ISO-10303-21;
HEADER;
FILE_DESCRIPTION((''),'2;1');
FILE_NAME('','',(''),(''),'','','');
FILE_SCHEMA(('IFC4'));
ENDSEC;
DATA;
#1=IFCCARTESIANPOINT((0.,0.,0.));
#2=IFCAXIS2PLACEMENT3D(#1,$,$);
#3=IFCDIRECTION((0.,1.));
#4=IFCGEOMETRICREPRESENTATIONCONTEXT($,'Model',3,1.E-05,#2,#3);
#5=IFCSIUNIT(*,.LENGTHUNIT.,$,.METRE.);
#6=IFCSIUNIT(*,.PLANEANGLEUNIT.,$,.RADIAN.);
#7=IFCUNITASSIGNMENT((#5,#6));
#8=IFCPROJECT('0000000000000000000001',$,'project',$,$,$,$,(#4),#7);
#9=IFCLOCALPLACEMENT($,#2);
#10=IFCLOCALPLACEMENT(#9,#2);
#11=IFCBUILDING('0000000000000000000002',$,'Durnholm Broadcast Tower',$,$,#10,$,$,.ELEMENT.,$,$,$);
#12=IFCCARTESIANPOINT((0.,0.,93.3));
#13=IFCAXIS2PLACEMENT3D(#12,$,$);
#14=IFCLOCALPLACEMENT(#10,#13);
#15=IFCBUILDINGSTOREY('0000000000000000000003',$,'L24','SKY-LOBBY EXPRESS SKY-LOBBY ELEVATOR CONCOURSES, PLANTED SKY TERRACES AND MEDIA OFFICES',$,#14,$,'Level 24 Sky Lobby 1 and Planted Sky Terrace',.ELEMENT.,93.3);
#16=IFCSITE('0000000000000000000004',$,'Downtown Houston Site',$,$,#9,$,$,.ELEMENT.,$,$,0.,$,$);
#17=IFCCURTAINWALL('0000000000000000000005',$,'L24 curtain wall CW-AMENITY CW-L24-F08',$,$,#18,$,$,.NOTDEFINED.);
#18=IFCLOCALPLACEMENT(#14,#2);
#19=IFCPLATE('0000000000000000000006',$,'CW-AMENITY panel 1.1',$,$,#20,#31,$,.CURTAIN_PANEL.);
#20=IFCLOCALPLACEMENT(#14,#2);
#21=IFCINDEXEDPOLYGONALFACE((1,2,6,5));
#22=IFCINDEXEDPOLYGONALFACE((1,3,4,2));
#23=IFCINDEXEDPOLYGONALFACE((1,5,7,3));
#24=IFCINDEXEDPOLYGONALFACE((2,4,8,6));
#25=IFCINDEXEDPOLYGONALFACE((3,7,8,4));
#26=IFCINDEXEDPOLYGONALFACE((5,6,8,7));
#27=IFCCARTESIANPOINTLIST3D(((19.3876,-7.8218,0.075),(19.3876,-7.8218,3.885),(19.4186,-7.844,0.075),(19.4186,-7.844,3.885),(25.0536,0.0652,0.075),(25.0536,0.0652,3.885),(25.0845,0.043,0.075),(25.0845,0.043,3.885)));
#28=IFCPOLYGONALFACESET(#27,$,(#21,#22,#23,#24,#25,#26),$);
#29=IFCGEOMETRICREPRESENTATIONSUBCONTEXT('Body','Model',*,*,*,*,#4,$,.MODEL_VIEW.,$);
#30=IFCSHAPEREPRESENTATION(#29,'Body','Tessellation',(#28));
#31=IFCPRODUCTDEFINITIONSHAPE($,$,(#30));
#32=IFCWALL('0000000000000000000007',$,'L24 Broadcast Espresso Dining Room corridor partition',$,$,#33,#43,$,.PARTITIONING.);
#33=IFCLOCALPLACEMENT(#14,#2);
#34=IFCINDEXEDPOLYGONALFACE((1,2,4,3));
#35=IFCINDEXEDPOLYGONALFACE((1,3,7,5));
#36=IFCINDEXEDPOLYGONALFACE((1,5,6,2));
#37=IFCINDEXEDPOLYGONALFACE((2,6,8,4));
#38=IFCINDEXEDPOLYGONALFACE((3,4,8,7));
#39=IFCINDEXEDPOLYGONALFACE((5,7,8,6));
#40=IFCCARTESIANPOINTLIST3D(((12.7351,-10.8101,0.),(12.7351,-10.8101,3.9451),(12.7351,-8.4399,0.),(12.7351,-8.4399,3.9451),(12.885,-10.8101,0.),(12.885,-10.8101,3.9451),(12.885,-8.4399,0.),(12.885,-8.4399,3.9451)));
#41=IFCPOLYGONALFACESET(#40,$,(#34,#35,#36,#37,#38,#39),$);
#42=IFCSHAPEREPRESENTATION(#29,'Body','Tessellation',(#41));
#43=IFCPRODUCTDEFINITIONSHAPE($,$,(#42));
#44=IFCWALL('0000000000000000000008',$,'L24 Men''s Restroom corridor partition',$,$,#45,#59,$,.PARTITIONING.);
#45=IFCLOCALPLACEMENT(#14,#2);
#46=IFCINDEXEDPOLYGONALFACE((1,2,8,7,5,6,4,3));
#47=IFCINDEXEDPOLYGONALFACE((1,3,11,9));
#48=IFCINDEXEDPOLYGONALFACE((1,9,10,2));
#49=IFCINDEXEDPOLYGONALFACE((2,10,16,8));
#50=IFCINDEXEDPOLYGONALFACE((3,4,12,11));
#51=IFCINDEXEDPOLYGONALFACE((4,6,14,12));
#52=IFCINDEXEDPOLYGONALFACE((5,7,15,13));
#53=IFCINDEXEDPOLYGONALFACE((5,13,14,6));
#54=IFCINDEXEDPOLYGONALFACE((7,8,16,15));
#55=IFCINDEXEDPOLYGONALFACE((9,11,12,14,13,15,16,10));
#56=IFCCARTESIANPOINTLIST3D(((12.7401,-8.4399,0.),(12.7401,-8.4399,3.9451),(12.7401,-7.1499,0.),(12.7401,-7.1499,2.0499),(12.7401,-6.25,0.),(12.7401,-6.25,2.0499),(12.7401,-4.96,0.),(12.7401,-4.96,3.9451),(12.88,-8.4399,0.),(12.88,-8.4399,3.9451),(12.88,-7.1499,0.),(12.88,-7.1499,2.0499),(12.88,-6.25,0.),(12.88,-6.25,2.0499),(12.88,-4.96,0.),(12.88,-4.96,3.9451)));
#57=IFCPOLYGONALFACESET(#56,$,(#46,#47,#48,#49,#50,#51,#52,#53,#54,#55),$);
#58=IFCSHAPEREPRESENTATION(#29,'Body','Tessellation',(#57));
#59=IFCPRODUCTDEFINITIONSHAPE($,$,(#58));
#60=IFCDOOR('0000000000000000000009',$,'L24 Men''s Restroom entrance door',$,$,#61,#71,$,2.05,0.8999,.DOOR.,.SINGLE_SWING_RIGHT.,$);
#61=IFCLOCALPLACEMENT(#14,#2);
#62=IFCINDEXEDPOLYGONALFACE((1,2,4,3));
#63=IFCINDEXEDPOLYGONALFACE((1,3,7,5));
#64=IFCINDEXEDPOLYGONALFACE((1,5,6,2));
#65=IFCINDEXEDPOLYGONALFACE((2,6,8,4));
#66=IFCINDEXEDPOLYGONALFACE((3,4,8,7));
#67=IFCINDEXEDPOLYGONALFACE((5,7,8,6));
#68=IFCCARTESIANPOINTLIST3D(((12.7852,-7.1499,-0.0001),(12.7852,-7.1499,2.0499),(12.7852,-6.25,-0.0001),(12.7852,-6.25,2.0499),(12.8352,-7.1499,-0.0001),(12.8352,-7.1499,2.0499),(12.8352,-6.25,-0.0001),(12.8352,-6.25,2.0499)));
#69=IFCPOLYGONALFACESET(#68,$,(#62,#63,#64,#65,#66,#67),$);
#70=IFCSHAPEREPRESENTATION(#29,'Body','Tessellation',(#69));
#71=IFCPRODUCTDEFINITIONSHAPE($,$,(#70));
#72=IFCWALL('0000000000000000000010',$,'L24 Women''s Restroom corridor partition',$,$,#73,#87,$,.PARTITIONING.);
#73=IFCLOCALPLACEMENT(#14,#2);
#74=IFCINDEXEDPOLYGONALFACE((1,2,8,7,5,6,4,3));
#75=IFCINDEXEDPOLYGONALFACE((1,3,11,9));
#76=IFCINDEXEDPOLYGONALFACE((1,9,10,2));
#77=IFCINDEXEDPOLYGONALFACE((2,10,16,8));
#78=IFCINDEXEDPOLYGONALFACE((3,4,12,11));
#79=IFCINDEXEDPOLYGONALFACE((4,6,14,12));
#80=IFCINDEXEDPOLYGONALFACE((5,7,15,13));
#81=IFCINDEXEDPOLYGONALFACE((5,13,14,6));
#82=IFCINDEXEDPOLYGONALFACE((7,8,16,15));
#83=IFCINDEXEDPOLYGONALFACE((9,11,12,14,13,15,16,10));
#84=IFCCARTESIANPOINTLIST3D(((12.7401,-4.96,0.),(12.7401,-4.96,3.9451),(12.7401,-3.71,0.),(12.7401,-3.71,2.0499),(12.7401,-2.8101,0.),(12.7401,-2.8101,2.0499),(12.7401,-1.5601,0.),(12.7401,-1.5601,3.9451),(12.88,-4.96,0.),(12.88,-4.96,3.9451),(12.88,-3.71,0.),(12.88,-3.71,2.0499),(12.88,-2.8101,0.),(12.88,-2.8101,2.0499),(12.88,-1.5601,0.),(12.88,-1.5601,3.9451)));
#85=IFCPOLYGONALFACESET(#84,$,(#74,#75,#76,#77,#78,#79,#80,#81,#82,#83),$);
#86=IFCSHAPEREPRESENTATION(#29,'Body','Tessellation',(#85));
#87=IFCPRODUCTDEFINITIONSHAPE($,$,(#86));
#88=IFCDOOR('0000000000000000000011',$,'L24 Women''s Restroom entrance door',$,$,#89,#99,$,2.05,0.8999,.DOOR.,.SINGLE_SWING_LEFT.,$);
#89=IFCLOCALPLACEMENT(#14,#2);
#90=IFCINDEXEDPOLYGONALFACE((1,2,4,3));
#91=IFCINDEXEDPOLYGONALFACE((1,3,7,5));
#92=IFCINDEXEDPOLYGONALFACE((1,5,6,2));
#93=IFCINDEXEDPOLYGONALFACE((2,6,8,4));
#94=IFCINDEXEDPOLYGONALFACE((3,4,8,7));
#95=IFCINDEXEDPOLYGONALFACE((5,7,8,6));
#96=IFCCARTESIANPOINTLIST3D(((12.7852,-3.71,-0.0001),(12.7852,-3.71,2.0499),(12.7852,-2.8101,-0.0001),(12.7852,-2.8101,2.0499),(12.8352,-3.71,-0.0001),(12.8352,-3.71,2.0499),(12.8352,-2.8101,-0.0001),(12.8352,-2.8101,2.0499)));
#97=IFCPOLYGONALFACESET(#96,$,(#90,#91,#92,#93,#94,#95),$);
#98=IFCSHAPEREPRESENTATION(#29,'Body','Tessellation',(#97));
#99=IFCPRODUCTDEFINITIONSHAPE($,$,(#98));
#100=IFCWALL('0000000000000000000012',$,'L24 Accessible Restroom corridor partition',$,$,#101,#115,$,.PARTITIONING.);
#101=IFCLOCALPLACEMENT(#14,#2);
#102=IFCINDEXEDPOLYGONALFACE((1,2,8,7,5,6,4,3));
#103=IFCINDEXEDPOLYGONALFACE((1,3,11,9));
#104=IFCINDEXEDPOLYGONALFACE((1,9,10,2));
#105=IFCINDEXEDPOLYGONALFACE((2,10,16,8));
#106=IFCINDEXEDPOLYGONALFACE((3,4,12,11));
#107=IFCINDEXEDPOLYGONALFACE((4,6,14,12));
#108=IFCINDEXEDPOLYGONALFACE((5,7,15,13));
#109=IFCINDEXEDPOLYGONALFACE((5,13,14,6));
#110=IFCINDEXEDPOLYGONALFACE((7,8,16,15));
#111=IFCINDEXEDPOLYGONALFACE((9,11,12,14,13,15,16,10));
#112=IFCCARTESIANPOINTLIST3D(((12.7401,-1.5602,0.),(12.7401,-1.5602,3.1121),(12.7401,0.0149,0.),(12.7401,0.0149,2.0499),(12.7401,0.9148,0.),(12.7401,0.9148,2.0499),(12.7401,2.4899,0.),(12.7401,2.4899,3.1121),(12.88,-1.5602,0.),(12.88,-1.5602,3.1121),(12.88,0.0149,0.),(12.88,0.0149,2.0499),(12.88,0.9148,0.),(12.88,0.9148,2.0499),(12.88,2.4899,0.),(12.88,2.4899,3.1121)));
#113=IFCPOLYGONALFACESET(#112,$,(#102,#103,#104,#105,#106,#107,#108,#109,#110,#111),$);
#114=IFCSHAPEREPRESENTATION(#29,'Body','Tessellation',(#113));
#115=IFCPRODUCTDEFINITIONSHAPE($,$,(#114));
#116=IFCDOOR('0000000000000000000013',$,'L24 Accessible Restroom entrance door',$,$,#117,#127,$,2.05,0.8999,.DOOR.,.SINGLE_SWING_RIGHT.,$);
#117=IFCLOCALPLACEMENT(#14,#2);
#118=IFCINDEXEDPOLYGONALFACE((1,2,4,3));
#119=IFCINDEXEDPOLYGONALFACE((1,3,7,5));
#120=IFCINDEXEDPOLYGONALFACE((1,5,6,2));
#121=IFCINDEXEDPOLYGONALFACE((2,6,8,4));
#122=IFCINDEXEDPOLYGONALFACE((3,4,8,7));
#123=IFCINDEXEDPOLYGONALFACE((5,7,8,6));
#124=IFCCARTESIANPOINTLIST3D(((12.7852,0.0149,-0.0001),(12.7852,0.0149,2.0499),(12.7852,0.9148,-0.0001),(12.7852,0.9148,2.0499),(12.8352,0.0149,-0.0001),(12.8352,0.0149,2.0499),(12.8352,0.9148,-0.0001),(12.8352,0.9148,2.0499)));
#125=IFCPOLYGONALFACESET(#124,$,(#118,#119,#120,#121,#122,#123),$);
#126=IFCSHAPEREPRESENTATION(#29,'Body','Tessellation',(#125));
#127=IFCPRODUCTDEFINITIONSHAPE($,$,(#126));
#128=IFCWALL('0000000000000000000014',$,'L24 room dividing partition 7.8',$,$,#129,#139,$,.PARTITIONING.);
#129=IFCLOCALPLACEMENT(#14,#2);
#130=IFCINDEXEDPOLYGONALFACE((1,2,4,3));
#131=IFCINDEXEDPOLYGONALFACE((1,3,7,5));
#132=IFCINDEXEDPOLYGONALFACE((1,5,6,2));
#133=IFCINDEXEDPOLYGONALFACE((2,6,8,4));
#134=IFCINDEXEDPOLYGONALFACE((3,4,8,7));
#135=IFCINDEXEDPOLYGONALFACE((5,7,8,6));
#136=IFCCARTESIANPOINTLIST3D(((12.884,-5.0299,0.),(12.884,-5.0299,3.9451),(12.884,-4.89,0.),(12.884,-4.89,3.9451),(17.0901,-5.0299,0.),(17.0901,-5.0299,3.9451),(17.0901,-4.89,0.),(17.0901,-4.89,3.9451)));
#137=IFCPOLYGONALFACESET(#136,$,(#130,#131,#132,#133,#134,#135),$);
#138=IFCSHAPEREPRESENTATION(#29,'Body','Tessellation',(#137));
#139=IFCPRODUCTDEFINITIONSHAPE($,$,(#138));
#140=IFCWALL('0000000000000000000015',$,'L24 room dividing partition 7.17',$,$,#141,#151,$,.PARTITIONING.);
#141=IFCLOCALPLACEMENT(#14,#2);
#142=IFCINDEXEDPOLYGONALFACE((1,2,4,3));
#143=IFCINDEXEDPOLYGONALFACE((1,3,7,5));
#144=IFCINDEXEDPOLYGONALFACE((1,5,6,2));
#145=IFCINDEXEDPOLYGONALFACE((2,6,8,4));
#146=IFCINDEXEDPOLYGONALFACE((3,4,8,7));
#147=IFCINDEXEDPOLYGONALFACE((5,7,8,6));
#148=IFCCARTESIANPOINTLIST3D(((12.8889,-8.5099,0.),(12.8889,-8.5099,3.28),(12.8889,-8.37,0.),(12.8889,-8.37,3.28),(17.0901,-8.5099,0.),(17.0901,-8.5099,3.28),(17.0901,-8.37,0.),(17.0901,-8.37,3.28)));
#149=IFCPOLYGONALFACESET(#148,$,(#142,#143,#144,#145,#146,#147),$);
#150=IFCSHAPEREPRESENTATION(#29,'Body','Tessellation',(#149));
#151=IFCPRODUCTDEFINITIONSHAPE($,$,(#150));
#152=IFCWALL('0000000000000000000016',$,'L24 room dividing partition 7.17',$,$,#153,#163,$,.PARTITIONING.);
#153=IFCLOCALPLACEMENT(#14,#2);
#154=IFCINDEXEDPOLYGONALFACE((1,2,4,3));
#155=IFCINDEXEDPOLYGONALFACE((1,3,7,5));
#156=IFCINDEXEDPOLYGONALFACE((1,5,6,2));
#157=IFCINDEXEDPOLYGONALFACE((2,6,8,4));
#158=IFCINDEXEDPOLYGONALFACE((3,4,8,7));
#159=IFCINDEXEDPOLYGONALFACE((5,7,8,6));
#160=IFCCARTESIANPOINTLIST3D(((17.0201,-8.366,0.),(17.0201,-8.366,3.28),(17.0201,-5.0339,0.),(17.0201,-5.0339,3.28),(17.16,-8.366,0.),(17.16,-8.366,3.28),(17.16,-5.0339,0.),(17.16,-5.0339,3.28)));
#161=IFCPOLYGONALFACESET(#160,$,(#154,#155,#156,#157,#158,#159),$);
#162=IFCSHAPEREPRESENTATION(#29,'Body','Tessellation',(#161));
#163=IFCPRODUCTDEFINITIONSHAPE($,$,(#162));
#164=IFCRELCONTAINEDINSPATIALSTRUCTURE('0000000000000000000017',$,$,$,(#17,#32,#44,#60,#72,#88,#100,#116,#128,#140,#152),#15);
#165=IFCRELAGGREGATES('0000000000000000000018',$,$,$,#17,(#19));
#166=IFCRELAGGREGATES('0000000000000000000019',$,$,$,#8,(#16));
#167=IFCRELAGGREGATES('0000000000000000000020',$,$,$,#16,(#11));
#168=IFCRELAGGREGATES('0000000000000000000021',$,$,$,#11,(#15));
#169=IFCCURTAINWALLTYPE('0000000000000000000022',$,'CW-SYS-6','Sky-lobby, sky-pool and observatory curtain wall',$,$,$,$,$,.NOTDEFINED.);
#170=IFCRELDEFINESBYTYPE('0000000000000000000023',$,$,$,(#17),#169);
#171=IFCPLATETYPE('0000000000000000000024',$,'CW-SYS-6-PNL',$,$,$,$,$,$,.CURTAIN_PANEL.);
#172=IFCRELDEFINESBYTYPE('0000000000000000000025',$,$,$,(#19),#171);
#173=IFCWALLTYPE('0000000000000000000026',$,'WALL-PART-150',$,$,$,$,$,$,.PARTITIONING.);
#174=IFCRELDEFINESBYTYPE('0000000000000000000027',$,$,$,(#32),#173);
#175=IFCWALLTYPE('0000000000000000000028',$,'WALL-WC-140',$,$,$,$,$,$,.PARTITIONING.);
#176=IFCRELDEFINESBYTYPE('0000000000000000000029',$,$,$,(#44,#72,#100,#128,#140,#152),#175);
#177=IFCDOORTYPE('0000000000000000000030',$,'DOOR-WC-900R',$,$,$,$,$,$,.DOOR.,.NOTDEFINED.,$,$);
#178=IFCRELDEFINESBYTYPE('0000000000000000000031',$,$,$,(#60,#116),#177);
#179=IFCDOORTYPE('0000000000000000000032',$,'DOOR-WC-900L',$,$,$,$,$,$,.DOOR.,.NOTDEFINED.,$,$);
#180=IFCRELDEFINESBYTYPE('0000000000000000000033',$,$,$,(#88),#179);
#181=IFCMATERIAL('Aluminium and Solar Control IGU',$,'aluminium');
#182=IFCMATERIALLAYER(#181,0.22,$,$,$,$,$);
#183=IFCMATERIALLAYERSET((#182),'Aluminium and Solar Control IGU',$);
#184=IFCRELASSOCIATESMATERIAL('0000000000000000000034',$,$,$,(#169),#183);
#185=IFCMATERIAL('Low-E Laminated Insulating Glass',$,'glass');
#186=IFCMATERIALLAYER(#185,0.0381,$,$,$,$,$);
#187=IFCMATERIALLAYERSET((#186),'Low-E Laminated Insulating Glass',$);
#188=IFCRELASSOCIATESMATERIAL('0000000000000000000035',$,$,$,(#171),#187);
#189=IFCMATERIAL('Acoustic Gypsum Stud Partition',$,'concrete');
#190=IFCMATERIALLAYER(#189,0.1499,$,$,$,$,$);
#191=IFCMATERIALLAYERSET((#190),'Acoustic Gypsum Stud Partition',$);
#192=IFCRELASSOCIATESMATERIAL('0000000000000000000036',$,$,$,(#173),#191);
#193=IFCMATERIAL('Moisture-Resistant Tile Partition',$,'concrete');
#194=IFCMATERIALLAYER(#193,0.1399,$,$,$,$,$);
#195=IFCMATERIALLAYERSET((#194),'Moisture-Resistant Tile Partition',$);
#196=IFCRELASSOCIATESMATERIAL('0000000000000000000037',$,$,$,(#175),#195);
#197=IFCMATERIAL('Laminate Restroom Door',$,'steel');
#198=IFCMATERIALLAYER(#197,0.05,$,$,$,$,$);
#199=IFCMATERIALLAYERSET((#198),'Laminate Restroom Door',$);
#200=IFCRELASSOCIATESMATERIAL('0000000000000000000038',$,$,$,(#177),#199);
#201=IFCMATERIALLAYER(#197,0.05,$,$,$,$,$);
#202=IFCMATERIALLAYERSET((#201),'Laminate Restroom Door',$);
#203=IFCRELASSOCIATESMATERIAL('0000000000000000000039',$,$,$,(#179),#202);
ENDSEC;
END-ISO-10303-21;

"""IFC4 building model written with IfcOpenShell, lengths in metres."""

from ifc_helpers import new_model, si_unit, direction, frame, frame_2d, origin, origin_2d, place, context, subcontext, project, spatial, rectangle, extrude, source, transform, mapped, material, layer, layer_set, type_object, type_shapes, element, fill, aggregate, save


model = new_model("IFC4")

# Units and contexts
model_context = context("Model", 3, precision=1e-05, world=origin(), true_north=direction((0.0, 1.0)))
body_context = subcontext(model_context, "Body", "Model", "MODEL_VIEW")
ifc_project = project(units=[si_unit("LENGTHUNIT", "METRE"), si_unit("PLANEANGLEUNIT", "RADIAN")], contexts=[model_context])

# Site, building, storey
site_placement = place(None, origin())
site = spatial("IfcSite", under=ifc_project, at=site_placement, Name="Downtown Houston Site", CompositionType="ELEMENT", RefElevation=0.0)
building_placement = place(site_placement, origin())
building = spatial("IfcBuilding", under=site, at=building_placement, Name="Durnholm Broadcast Tower", CompositionType="ELEMENT")
storey_placement = place(building_placement, frame((0.0, 0.0, 93.3)))
storey = spatial("IfcBuildingStorey", under=building, at=storey_placement, Name="L24", Description="SKY-LOBBY EXPRESS SKY-LOBBY ELEVATOR CONCOURSES, PLANTED SKY TERRACES AND MEDIA OFFICES", LongName="Level 24 Sky Lobby 1 and Planted Sky Terrace", CompositionType="ELEMENT", Elevation=93.3)

# Curtain wall, plate
ifc_material_1 = material(Name="Aluminium and Solar Control IGU", Category="aluminium")
ifc_layer_1 = layer(ifc_material_1, 0.22)
ifc_layer_set_1 = layer_set([ifc_layer_1], Name="Aluminium and Solar Control IGU")
curtain_wall_type = type_object("IfcCurtainWallType", Name="CW-SYS-6", Description="Sky-lobby, sky-pool and observatory curtain wall", PredefinedType="NOTDEFINED", material=ifc_layer_set_1)
curtain_wall_placement = place(storey_placement, origin())
curtain_wall = element("IfcCurtainWall", 1, at=curtain_wall_placement, inside=storey, type_object=curtain_wall_type, Name="L24 curtain wall CW-AMENITY CW-L24-F08", PredefinedType="NOTDEFINED")
ifc_material_2 = material(Name="Low-E Laminated Insulating Glass", Category="glass")
ifc_layer_2 = layer(ifc_material_2, 0.0381)
ifc_layer_set_2 = layer_set([ifc_layer_2], Name="Low-E Laminated Insulating Glass")
plate_type = type_object("IfcPlateType", Name="CW-SYS-6-PNL", PredefinedType="CURTAIN_PANEL", material=ifc_layer_set_2)
shared_shape_1 = source(origin(), body_context, "Body", "SweptSolid", [
    extrude(rectangle(XDim=9.7112, YDim=0.0381, at=origin_2d()), origin(), (0.0, 0.0, 1.0), 3.8101),
])
type_shapes(plate_type, [shared_shape_1])
plate_placement = place(storey_placement, frame((22.2361, -3.8894, 0.075), z_axis=(0.0, 0.0, 1.0), x_axis=(-0.583445, -0.812152, 0.0)))
plate = element("IfcPlate", 2, at=plate_placement, type_object=plate_type, Name="CW-AMENITY panel 1.1", PredefinedType="CURTAIN_PANEL", context=body_context, shape_type="MappedRepresentation", body=[
    mapped(shared_shape_1, transform((0.0, 0.0, 0.0), x_axis=(1.0, 0.0, 0.0), y_axis=(0.0, 1.0, 0.0), z_axis=(0.0, 0.0, 1.0), scale=1.0)),
])
aggregate(curtain_wall, [plate])

# Wall
ifc_material_3 = material(Name="Acoustic Gypsum Stud Partition", Category="concrete")
ifc_layer_3 = layer(ifc_material_3, 0.1499)
ifc_layer_set_3 = layer_set([ifc_layer_3], Name="Acoustic Gypsum Stud Partition")
wall_type_1 = type_object("IfcWallType", Name="WALL-PART-150", PredefinedType="PARTITIONING", material=ifc_layer_set_3)
wall_1_placement = place(storey_placement, frame((12.8101, -10.8101, 0.0), z_axis=(0.0, 0.0, 1.0), x_axis=(0.0, 1.0, 0.0)))
element("IfcWall", 3, at=wall_1_placement, inside=storey, type_object=wall_type_1, Name="L24 Broadcast Espresso Dining Room corridor partition", PredefinedType="PARTITIONING", context=body_context, shape_type="SweptSolid", body=[
    extrude(rectangle(XDim=2.3701, YDim=0.1499, at=frame_2d((1.1851, 0.0))), origin(), (0.0, 0.0, 1.0), 3.9451),
])

# Walls, openings, doors
ifc_material_4 = material(Name="Moisture-Resistant Tile Partition", Category="concrete")
ifc_layer_4 = layer(ifc_material_4, 0.1399)
ifc_layer_set_4 = layer_set([ifc_layer_4], Name="Moisture-Resistant Tile Partition")
wall_type_2 = type_object("IfcWallType", Name="WALL-WC-140", PredefinedType="PARTITIONING", material=ifc_layer_set_4)
wall_2_placement = place(storey_placement, frame((12.8101, -8.4399, 0.0), z_axis=(0.0, 0.0, 1.0), x_axis=(0.0, 1.0, 0.0)))
wall_2 = element("IfcWall", 4, at=wall_2_placement, inside=storey, type_object=wall_type_2, Name="L24 Men's Restroom corridor partition", PredefinedType="PARTITIONING", context=body_context, shape_type="SweptSolid", body=[
    extrude(rectangle(XDim=3.48, YDim=0.1399, at=frame_2d((1.74, 0.0))), origin(), (0.0, 0.0, 1.0), 3.9451),
])
opening_1_placement = place(wall_2_placement, frame((1.29, 0.0, 0.0)))
opening_1 = element("IfcOpeningElement", 5, at=opening_1_placement, cuts=wall_2, PredefinedType="OPENING", context=body_context, shape_type="SweptSolid", body=[
    extrude(rectangle(XDim=0.8999, YDim=2.05, at=frame_2d((0.45, 1.0249))), frame((0.0, 0.0801, 0.0), z_axis=(0.0, -1.0, 0.0), x_axis=(1.0, 0.0, 0.0)), (0.0, 0.0, 1.0), 0.1599),
])
ifc_material_5 = material(Name="Laminate Restroom Door", Category="steel")
ifc_layer_5 = layer(ifc_material_5, 0.05)
ifc_layer_set_5 = layer_set([ifc_layer_5], Name="Laminate Restroom Door")
door_type_1 = type_object("IfcDoorType", Name="DOOR-WC-900R", OperationType="NOTDEFINED", PredefinedType="DOOR", material=ifc_layer_set_5)
shared_shape_2 = source(origin(), body_context, "Body", "SweptSolid", [
    extrude(rectangle(XDim=0.8999, YDim=2.05, at=frame_2d((0.45, 1.0249))), frame((0.0, 0.0249, 0.0), z_axis=(0.0, -1.0, 0.0), x_axis=(1.0, 0.0, 0.0)), (0.0, 0.0, 1.0), 0.05),
])
type_shapes(door_type_1, [shared_shape_2])
door_1_placement = place(opening_1_placement, origin())
door_1 = element("IfcDoor", 6, at=door_1_placement, inside=storey, type_object=door_type_1, Name="L24 Men's Restroom entrance door", OperationType="SINGLE_SWING_RIGHT", OverallHeight=2.05, OverallWidth=0.8999, PredefinedType="DOOR", context=body_context, shape_type="MappedRepresentation", body=[
    mapped(shared_shape_2, transform((0.0, 0.0, 0.0), x_axis=(1.0, 0.0, 0.0), y_axis=(0.0, 1.0, 0.0), z_axis=(0.0, 0.0, 1.0), scale=1.0)),
])
fill(opening_1, door_1)
wall_3_placement = place(storey_placement, frame((12.8101, -4.96, 0.0), z_axis=(0.0, 0.0, 1.0), x_axis=(0.0, 1.0, 0.0)))
wall_3 = element("IfcWall", 7, at=wall_3_placement, inside=storey, type_object=wall_type_2, Name="L24 Women's Restroom corridor partition", PredefinedType="PARTITIONING", context=body_context, shape_type="SweptSolid", body=[
    extrude(rectangle(XDim=3.3999, YDim=0.1399, at=frame_2d((1.7, 0.0))), origin(), (0.0, 0.0, 1.0), 3.9451),
])
opening_2_placement = place(wall_3_placement, frame((1.25, 0.0, 0.0)))
opening_2 = element("IfcOpeningElement", 8, at=opening_2_placement, cuts=wall_3, PredefinedType="OPENING", context=body_context, shape_type="SweptSolid", body=[
    extrude(rectangle(XDim=0.8999, YDim=2.05, at=frame_2d((0.45, 1.0249))), frame((0.0, 0.0801, 0.0), z_axis=(0.0, -1.0, 0.0), x_axis=(1.0, 0.0, 0.0)), (0.0, 0.0, 1.0), 0.1599),
])
ifc_layer_6 = layer(ifc_material_5, 0.05)
ifc_layer_set_6 = layer_set([ifc_layer_6], Name="Laminate Restroom Door")
door_type_2 = type_object("IfcDoorType", Name="DOOR-WC-900L", OperationType="NOTDEFINED", PredefinedType="DOOR", material=ifc_layer_set_6)
shared_shape_3 = source(origin(), body_context, "Body", "SweptSolid", [
    extrude(rectangle(XDim=0.8999, YDim=2.05, at=frame_2d((0.45, 1.0249))), frame((0.0, 0.0249, 0.0), z_axis=(0.0, -1.0, 0.0), x_axis=(1.0, 0.0, 0.0)), (0.0, 0.0, 1.0), 0.05),
])
type_shapes(door_type_2, [shared_shape_3])
door_2_placement = place(opening_2_placement, origin())
door_2 = element("IfcDoor", 9, at=door_2_placement, inside=storey, type_object=door_type_2, Name="L24 Women's Restroom entrance door", OperationType="SINGLE_SWING_LEFT", OverallHeight=2.05, OverallWidth=0.8999, PredefinedType="DOOR", context=body_context, shape_type="MappedRepresentation", body=[
    mapped(shared_shape_3, transform((0.0, 0.0, 0.0), x_axis=(1.0, 0.0, 0.0), y_axis=(0.0, 1.0, 0.0), z_axis=(0.0, 0.0, 1.0), scale=1.0)),
])
fill(opening_2, door_2)
wall_4_placement = place(storey_placement, frame((12.8101, -1.5601, 0.0), z_axis=(0.0, 0.0, 1.0), x_axis=(0.0, 1.0, 0.0)))
wall_4 = element("IfcWall", 10, at=wall_4_placement, inside=storey, type_object=wall_type_2, Name="L24 Accessible Restroom corridor partition", PredefinedType="PARTITIONING", context=body_context, shape_type="SweptSolid", body=[
    extrude(rectangle(XDim=4.05, YDim=0.1399, at=frame_2d((2.0249, 0.0))), origin(), (0.0, 0.0, 1.0), 3.1121),
])
opening_3_placement = place(wall_4_placement, frame((1.575, 0.0, 0.0)))
opening_3 = element("IfcOpeningElement", 11, at=opening_3_placement, cuts=wall_4, PredefinedType="OPENING", context=body_context, shape_type="SweptSolid", body=[
    extrude(rectangle(XDim=0.8999, YDim=2.05, at=frame_2d((0.45, 1.0249))), frame((0.0, 0.0801, 0.0), z_axis=(0.0, -1.0, 0.0), x_axis=(1.0, 0.0, 0.0)), (0.0, 0.0, 1.0), 0.1599),
])
door_3_placement = place(opening_3_placement, origin())
door_3 = element("IfcDoor", 12, at=door_3_placement, inside=storey, type_object=door_type_1, Name="L24 Accessible Restroom entrance door", OperationType="SINGLE_SWING_RIGHT", OverallHeight=2.05, OverallWidth=0.8999, PredefinedType="DOOR", context=body_context, shape_type="MappedRepresentation", body=[
    mapped(shared_shape_2, transform((0.0, 0.0, 0.0), x_axis=(1.0, 0.0, 0.0), y_axis=(0.0, 1.0, 0.0), z_axis=(0.0, 0.0, 1.0), scale=1.0)),
])
fill(opening_3, door_3)

# Walls
wall_5_placement = place(storey_placement, frame((12.884, -4.96, 0.0), z_axis=(0.0, 0.0, 1.0), x_axis=(1.0, 0.0, 0.0)))
element("IfcWall", 13, at=wall_5_placement, inside=storey, type_object=wall_type_2, Name="L24 room dividing partition 7.8", PredefinedType="PARTITIONING", context=body_context, shape_type="SweptSolid", body=[
    extrude(rectangle(XDim=4.2061, YDim=0.1399, at=frame_2d((2.103, 0.0))), origin(), (0.0, 0.0, 1.0), 3.9451),
])
wall_6_placement = place(storey_placement, frame((17.0901, -8.4399, 0.0), z_axis=(0.0, 0.0, 1.0), x_axis=(-1.0, 0.0, 0.0)))
element("IfcWall", 14, at=wall_6_placement, inside=storey, type_object=wall_type_2, Name="L24 room dividing partition 7.17", PredefinedType="PARTITIONING", context=body_context, shape_type="SweptSolid", body=[
    extrude(rectangle(XDim=4.2012, YDim=0.1399, at=frame_2d((2.1006, 0.0))), origin(), (0.0, 0.0, 1.0), 3.28),
])
wall_7_placement = place(storey_placement, frame((17.0901, -5.0339, 0.0), z_axis=(0.0, 0.0, 1.0), x_axis=(0.0, -1.0, 0.0)))
element("IfcWall", 15, at=wall_7_placement, inside=storey, type_object=wall_type_2, Name="L24 room dividing partition 7.17", PredefinedType="PARTITIONING", context=body_context, shape_type="SweptSolid", body=[
    extrude(rectangle(XDim=3.332, YDim=0.1399, at=frame_2d((1.666, 0.0))), origin(), (0.0, 0.0, 1.0), 3.28),
])

save(model, "model.ifc")
